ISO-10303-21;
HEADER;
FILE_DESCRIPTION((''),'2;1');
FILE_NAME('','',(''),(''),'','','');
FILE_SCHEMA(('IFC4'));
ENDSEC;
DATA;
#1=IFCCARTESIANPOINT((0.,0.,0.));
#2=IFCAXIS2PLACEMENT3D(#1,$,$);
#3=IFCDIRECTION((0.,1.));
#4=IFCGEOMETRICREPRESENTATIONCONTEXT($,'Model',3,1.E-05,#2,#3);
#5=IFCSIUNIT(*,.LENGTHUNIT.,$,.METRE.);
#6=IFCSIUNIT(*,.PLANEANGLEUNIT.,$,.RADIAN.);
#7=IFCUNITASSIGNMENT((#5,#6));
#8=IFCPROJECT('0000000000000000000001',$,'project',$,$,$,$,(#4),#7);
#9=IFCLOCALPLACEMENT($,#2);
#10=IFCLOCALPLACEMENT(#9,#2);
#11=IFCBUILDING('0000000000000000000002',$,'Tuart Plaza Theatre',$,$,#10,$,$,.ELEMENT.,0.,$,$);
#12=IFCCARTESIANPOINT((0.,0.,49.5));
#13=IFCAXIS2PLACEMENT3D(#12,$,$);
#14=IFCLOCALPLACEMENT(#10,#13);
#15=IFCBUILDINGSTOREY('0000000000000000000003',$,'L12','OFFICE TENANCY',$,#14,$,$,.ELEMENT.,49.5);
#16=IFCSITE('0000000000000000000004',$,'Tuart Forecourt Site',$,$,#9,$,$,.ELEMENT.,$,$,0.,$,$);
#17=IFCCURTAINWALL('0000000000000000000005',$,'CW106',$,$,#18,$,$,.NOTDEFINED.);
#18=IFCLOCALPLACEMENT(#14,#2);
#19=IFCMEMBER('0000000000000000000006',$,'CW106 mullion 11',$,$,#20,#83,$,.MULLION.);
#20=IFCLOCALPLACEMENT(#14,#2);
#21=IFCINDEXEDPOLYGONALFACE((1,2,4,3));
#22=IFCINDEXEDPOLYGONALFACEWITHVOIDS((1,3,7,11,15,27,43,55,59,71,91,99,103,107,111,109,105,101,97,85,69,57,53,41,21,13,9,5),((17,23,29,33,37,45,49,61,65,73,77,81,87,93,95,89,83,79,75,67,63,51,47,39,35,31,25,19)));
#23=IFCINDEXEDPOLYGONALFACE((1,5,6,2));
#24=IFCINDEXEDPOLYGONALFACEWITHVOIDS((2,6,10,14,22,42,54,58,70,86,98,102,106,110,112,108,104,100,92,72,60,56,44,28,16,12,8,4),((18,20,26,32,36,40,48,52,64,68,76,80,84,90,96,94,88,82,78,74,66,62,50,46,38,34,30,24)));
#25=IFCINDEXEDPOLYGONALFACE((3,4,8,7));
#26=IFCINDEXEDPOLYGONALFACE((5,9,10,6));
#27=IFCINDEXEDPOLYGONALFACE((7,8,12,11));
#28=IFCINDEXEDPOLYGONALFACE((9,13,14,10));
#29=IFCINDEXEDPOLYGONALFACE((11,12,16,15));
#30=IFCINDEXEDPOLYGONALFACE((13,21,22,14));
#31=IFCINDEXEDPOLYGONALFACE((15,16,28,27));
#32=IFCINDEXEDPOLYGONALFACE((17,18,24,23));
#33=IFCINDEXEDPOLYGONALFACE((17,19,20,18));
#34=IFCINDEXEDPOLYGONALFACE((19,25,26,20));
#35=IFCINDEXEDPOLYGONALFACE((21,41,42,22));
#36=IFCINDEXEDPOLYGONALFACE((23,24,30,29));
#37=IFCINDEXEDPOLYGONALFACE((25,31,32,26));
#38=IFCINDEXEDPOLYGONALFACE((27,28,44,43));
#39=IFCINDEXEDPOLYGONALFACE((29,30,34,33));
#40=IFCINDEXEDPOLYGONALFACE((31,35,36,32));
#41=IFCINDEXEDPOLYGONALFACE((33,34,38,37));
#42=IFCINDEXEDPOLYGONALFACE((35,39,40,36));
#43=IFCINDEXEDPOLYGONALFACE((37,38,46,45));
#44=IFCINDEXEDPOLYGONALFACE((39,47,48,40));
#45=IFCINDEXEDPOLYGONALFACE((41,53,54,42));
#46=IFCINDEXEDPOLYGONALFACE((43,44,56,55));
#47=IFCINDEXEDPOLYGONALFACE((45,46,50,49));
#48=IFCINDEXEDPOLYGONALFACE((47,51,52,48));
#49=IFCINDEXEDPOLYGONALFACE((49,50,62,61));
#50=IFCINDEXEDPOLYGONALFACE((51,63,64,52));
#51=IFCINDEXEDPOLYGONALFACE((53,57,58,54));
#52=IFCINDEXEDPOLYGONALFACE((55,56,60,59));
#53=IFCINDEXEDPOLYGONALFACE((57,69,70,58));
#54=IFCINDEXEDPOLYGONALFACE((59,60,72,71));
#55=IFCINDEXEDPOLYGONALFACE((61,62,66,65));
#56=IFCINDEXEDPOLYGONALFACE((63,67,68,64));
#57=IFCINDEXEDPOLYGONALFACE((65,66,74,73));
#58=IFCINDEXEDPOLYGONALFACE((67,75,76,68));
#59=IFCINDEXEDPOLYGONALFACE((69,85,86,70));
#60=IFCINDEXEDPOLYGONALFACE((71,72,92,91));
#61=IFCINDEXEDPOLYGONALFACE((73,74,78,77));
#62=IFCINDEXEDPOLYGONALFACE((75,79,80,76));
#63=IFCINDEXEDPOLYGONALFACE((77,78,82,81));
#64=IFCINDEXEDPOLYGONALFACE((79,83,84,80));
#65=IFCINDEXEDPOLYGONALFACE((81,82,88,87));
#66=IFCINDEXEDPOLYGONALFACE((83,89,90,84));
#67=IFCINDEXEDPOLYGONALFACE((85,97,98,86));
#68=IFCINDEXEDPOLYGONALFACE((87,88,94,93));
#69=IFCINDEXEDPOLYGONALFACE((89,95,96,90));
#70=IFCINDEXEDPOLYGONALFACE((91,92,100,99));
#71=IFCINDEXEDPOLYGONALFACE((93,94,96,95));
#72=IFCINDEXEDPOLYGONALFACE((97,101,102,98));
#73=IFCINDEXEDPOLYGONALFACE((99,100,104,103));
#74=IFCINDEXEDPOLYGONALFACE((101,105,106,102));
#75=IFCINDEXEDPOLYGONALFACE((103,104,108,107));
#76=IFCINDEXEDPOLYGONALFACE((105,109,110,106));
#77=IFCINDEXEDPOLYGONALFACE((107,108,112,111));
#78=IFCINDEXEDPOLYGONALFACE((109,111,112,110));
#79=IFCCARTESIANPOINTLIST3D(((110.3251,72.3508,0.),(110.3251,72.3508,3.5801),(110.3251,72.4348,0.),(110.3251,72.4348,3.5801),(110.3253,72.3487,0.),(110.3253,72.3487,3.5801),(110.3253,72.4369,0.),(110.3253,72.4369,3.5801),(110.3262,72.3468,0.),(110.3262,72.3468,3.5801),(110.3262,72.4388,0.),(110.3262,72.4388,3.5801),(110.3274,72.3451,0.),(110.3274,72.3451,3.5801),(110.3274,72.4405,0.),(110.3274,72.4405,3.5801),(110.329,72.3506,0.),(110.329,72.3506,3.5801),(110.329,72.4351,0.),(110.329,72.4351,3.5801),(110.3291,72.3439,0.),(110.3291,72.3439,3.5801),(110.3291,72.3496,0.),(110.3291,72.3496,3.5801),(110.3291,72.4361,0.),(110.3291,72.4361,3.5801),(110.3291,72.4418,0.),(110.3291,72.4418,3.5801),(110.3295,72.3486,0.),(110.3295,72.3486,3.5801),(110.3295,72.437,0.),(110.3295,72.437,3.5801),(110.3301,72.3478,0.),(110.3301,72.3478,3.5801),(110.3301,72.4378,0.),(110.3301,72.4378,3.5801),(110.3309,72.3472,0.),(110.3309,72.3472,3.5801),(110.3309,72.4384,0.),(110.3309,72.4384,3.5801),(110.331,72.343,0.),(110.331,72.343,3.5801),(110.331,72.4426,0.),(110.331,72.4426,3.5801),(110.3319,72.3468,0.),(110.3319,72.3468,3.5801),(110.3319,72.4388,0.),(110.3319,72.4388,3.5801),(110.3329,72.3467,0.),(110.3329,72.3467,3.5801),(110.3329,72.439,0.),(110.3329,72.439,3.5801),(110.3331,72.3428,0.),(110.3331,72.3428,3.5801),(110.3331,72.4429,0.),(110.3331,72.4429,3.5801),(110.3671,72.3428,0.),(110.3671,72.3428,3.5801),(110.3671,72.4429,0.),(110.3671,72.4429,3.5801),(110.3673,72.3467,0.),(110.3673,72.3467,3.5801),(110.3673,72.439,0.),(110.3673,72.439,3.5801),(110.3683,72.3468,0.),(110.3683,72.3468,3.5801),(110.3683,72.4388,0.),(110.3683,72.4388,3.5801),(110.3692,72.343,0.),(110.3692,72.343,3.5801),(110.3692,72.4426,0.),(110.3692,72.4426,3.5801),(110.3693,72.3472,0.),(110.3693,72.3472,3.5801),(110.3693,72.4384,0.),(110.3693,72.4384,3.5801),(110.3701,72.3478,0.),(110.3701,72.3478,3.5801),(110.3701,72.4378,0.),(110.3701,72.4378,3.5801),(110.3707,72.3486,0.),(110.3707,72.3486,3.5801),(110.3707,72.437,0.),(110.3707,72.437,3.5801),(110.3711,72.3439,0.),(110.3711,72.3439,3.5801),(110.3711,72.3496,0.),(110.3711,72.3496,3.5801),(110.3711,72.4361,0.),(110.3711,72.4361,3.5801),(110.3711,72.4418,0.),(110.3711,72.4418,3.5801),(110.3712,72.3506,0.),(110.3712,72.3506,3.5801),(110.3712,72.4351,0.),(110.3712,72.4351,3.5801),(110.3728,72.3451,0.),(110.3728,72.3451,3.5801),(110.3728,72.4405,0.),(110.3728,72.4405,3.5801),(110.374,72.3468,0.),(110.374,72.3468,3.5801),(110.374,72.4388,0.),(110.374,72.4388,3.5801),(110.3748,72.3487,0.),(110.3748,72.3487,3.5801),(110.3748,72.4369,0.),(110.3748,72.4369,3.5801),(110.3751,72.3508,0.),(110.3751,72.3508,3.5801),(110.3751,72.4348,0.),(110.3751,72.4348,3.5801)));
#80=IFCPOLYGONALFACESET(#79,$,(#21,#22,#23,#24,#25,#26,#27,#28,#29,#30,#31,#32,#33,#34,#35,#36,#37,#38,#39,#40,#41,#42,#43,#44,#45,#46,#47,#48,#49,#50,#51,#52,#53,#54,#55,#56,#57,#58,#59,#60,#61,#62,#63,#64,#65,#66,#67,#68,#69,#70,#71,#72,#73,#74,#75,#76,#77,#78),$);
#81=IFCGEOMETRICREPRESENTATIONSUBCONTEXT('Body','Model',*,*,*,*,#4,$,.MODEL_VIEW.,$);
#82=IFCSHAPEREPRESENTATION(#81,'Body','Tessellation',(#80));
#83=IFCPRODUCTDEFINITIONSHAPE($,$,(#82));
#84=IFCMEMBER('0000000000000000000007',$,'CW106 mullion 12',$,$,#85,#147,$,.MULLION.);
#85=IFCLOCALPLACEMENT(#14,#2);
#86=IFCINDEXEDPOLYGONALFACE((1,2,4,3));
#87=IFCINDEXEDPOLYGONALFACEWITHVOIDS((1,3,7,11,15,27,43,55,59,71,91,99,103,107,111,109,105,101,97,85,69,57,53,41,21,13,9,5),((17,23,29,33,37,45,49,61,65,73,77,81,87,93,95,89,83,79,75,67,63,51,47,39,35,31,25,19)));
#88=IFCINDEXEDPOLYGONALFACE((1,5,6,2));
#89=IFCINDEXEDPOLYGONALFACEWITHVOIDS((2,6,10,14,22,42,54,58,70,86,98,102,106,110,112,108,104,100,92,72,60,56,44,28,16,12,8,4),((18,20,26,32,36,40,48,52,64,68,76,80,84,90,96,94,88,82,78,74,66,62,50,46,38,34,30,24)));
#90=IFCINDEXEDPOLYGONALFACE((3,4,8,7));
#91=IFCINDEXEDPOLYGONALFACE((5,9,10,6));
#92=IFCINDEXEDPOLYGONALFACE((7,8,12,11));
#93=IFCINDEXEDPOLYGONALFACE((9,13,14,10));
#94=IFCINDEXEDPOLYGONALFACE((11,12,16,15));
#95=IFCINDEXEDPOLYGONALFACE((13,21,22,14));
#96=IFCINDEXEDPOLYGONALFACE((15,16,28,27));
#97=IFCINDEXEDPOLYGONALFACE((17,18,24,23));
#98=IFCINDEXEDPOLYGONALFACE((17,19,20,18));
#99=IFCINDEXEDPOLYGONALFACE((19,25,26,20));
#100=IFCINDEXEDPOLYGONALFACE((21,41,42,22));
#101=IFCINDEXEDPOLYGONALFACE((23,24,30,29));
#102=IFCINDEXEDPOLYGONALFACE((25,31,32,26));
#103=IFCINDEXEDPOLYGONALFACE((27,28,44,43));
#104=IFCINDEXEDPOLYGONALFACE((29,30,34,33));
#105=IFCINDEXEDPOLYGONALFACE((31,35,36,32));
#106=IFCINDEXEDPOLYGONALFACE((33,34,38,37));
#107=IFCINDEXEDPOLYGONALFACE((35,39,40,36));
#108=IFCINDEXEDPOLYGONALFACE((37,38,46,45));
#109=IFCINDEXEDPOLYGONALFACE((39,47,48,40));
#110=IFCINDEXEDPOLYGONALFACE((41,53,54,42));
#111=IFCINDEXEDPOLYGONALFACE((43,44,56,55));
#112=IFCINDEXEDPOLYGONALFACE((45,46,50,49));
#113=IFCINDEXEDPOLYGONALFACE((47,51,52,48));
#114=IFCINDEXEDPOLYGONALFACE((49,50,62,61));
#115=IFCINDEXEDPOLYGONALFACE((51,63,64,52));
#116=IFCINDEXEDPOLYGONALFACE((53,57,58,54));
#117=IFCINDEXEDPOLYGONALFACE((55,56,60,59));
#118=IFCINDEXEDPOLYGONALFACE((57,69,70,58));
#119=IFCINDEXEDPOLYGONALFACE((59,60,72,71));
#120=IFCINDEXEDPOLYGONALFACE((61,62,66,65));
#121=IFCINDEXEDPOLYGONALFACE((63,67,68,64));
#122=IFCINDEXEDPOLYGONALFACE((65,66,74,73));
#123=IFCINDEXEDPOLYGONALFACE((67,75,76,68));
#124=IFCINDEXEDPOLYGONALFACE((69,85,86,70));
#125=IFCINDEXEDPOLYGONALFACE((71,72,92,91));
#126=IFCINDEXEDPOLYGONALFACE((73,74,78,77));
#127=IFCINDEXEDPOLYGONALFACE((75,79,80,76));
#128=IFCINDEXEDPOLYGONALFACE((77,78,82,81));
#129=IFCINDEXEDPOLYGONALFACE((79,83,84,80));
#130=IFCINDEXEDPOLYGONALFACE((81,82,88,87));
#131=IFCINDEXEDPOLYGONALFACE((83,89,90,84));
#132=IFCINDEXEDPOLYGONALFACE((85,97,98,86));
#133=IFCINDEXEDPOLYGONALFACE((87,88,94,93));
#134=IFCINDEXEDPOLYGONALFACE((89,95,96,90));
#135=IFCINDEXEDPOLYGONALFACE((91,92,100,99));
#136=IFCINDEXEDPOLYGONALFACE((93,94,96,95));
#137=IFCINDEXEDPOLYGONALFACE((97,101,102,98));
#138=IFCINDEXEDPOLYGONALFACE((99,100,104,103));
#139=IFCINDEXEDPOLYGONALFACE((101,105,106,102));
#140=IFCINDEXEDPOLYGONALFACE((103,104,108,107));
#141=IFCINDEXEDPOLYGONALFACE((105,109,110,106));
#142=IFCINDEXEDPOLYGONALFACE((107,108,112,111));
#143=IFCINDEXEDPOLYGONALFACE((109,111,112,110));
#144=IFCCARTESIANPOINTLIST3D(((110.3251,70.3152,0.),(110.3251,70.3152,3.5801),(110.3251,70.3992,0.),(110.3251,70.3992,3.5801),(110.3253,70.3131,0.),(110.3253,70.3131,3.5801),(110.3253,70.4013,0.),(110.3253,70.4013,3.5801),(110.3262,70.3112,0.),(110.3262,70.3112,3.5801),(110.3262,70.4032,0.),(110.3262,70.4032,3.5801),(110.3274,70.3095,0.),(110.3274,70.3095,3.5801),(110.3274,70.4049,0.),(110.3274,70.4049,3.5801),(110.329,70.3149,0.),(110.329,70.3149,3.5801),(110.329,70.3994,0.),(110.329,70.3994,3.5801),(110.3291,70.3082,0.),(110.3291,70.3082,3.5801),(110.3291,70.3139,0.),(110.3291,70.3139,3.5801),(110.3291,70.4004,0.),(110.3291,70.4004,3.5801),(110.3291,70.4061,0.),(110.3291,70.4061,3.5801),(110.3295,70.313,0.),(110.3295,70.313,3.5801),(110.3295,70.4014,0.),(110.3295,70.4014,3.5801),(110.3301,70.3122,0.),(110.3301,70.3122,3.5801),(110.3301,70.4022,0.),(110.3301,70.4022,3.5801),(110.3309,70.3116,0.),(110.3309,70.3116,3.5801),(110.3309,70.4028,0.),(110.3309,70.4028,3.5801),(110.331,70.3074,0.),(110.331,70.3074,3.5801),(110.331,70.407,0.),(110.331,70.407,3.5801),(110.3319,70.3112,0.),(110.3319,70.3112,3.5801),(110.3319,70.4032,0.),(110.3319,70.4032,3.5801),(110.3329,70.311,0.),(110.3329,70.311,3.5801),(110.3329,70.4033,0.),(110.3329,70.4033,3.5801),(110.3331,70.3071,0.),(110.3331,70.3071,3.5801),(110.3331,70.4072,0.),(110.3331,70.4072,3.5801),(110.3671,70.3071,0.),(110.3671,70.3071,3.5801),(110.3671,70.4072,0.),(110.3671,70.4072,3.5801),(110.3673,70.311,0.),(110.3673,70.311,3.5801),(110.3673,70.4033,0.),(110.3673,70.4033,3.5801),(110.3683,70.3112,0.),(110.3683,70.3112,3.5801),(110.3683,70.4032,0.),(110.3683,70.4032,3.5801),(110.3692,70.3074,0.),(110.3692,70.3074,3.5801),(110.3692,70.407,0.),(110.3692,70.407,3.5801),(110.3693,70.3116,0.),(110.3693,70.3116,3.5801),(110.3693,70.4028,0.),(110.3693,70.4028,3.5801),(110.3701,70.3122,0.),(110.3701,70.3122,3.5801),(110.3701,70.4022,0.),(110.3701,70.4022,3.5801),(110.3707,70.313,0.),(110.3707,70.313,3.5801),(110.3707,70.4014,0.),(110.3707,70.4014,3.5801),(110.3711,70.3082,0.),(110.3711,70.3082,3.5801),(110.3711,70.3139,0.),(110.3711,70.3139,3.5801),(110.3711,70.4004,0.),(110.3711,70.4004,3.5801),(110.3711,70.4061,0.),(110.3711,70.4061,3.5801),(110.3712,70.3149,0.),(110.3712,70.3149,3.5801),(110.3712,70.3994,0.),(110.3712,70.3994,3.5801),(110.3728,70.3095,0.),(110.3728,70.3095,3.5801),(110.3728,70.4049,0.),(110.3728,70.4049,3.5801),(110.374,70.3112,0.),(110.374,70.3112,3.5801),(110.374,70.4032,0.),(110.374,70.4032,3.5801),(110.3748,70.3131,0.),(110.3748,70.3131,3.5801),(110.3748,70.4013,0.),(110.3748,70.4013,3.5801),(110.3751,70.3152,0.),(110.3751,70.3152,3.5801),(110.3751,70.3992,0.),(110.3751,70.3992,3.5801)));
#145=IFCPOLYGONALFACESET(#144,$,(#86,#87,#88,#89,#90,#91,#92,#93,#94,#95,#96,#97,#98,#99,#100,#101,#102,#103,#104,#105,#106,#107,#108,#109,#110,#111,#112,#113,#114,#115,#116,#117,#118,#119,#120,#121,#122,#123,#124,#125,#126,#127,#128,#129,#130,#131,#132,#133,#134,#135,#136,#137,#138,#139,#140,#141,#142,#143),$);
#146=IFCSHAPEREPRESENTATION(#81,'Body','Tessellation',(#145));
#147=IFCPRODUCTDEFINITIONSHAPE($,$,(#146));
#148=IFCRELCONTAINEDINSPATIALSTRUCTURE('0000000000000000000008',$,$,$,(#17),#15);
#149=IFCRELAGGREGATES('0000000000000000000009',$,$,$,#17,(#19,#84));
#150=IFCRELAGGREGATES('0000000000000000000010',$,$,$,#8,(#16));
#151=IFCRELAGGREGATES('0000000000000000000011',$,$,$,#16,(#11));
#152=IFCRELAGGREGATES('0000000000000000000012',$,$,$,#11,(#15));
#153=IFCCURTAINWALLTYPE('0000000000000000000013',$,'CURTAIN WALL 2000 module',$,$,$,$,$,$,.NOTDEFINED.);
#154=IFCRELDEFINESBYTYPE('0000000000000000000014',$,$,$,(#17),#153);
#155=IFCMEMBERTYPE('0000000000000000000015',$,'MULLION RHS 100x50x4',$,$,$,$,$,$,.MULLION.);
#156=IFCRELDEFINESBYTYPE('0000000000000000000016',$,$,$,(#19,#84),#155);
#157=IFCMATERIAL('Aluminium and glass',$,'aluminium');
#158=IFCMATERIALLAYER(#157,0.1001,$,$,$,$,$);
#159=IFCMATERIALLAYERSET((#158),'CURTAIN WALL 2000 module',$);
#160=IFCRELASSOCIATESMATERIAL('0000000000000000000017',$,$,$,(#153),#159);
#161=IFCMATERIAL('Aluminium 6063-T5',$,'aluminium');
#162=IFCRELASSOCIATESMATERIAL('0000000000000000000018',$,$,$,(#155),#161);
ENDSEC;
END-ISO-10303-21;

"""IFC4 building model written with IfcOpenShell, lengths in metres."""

from ifc_helpers import new_model, si_unit, direction, frame, origin, origin_2d, place, context, subcontext, project, spatial, hollow_rectangle, extrude, material, layer, layer_set, material_profile, profile_set, type_object, element, aggregate, save


model = new_model("IFC4")

# Units and contexts
model_context = context("Model", 3, precision=1e-05, world=origin(), true_north=direction((0.0, 1.0)))
body_context = subcontext(model_context, "Body", "Model", "MODEL_VIEW")
ifc_project = project(units=[si_unit("LENGTHUNIT", "METRE"), si_unit("PLANEANGLEUNIT", "RADIAN")], contexts=[model_context])

# Site, building, storey
site_placement = place(None, origin())
site = spatial("IfcSite", under=ifc_project, at=site_placement, Name="Tuart Forecourt Site", CompositionType="ELEMENT", RefElevation=0.0)
building_placement = place(site_placement, origin())
building = spatial("IfcBuilding", under=site, at=building_placement, Name="Tuart Plaza Theatre", CompositionType="ELEMENT", ElevationOfRefHeight=0.0)
storey_placement = place(building_placement, frame((0.0, 0.0, 49.5)))
storey = spatial("IfcBuildingStorey", under=building, at=storey_placement, Name="L12", Description="OFFICE TENANCY", CompositionType="ELEMENT", Elevation=49.5)

# Curtain wall, members
ifc_material_1 = material(Name="Aluminium and glass", Category="aluminium")
ifc_layer_1 = layer(ifc_material_1, 0.1001)
ifc_layer_set_1 = layer_set([ifc_layer_1], Name="CURTAIN WALL 2000 module")
curtain_wall_type = type_object("IfcCurtainWallType", Name="CURTAIN WALL 2000 module", PredefinedType="NOTDEFINED", material=ifc_layer_set_1)
curtain_wall_placement = place(storey_placement, origin())
curtain_wall = element("IfcCurtainWall", 1, at=curtain_wall_placement, inside=storey, type_object=curtain_wall_type, Name="CW106", PredefinedType="NOTDEFINED")
ifc_material_2 = material(Name="Aluminium 6063-T5", Category="aluminium")
ifc_material_profile_1 = material_profile(ifc_material_2, hollow_rectangle(XDim=0.05, YDim=0.1001, WallThickness=0.0039, InnerFilletRadius=0.0039, OuterFilletRadius=0.0081, at=origin_2d()), Name="RHS 100x50x4")
ifc_profile_set_1 = profile_set([ifc_material_profile_1], Name="Aluminium 6063-T5")
member_type_1 = type_object("IfcMemberType", Name="MULLION RHS 100x50x4", PredefinedType="MULLION", material=ifc_profile_set_1)
member_1_placement = place(storey_placement, frame((110.3501, 72.3928, 0.0), z_axis=(0.0, 0.0, 1.0), x_axis=(1.0, 0.0, 0.0)))
member_1 = element("IfcMember", 2, at=member_1_placement, type_object=member_type_1, Name="CW106 mullion 11", PredefinedType="MULLION", context=body_context, shape_type="SweptSolid", body=[
    extrude(hollow_rectangle(XDim=0.05, YDim=0.1001, WallThickness=0.0039, InnerFilletRadius=0.0039, OuterFilletRadius=0.0081, at=origin_2d()), origin(), (0.0, 0.0, 1.0), 3.5801),
])
member_2_placement = place(storey_placement, frame((110.3501, 70.3572, 0.0), z_axis=(0.0, 0.0, 1.0), x_axis=(1.0, 0.0, 0.0)))
member_2 = element("IfcMember", 3, at=member_2_placement, type_object=member_type_1, Name="CW106 mullion 12", PredefinedType="MULLION", context=body_context, shape_type="SweptSolid", body=[
    extrude(hollow_rectangle(XDim=0.05, YDim=0.1001, WallThickness=0.0039, InnerFilletRadius=0.0039, OuterFilletRadius=0.0081, at=origin_2d()), origin(), (0.0, 0.0, 1.0), 3.5801),
])
aggregate(curtain_wall, [member_1, member_2])

save(model, "model.ifc")
